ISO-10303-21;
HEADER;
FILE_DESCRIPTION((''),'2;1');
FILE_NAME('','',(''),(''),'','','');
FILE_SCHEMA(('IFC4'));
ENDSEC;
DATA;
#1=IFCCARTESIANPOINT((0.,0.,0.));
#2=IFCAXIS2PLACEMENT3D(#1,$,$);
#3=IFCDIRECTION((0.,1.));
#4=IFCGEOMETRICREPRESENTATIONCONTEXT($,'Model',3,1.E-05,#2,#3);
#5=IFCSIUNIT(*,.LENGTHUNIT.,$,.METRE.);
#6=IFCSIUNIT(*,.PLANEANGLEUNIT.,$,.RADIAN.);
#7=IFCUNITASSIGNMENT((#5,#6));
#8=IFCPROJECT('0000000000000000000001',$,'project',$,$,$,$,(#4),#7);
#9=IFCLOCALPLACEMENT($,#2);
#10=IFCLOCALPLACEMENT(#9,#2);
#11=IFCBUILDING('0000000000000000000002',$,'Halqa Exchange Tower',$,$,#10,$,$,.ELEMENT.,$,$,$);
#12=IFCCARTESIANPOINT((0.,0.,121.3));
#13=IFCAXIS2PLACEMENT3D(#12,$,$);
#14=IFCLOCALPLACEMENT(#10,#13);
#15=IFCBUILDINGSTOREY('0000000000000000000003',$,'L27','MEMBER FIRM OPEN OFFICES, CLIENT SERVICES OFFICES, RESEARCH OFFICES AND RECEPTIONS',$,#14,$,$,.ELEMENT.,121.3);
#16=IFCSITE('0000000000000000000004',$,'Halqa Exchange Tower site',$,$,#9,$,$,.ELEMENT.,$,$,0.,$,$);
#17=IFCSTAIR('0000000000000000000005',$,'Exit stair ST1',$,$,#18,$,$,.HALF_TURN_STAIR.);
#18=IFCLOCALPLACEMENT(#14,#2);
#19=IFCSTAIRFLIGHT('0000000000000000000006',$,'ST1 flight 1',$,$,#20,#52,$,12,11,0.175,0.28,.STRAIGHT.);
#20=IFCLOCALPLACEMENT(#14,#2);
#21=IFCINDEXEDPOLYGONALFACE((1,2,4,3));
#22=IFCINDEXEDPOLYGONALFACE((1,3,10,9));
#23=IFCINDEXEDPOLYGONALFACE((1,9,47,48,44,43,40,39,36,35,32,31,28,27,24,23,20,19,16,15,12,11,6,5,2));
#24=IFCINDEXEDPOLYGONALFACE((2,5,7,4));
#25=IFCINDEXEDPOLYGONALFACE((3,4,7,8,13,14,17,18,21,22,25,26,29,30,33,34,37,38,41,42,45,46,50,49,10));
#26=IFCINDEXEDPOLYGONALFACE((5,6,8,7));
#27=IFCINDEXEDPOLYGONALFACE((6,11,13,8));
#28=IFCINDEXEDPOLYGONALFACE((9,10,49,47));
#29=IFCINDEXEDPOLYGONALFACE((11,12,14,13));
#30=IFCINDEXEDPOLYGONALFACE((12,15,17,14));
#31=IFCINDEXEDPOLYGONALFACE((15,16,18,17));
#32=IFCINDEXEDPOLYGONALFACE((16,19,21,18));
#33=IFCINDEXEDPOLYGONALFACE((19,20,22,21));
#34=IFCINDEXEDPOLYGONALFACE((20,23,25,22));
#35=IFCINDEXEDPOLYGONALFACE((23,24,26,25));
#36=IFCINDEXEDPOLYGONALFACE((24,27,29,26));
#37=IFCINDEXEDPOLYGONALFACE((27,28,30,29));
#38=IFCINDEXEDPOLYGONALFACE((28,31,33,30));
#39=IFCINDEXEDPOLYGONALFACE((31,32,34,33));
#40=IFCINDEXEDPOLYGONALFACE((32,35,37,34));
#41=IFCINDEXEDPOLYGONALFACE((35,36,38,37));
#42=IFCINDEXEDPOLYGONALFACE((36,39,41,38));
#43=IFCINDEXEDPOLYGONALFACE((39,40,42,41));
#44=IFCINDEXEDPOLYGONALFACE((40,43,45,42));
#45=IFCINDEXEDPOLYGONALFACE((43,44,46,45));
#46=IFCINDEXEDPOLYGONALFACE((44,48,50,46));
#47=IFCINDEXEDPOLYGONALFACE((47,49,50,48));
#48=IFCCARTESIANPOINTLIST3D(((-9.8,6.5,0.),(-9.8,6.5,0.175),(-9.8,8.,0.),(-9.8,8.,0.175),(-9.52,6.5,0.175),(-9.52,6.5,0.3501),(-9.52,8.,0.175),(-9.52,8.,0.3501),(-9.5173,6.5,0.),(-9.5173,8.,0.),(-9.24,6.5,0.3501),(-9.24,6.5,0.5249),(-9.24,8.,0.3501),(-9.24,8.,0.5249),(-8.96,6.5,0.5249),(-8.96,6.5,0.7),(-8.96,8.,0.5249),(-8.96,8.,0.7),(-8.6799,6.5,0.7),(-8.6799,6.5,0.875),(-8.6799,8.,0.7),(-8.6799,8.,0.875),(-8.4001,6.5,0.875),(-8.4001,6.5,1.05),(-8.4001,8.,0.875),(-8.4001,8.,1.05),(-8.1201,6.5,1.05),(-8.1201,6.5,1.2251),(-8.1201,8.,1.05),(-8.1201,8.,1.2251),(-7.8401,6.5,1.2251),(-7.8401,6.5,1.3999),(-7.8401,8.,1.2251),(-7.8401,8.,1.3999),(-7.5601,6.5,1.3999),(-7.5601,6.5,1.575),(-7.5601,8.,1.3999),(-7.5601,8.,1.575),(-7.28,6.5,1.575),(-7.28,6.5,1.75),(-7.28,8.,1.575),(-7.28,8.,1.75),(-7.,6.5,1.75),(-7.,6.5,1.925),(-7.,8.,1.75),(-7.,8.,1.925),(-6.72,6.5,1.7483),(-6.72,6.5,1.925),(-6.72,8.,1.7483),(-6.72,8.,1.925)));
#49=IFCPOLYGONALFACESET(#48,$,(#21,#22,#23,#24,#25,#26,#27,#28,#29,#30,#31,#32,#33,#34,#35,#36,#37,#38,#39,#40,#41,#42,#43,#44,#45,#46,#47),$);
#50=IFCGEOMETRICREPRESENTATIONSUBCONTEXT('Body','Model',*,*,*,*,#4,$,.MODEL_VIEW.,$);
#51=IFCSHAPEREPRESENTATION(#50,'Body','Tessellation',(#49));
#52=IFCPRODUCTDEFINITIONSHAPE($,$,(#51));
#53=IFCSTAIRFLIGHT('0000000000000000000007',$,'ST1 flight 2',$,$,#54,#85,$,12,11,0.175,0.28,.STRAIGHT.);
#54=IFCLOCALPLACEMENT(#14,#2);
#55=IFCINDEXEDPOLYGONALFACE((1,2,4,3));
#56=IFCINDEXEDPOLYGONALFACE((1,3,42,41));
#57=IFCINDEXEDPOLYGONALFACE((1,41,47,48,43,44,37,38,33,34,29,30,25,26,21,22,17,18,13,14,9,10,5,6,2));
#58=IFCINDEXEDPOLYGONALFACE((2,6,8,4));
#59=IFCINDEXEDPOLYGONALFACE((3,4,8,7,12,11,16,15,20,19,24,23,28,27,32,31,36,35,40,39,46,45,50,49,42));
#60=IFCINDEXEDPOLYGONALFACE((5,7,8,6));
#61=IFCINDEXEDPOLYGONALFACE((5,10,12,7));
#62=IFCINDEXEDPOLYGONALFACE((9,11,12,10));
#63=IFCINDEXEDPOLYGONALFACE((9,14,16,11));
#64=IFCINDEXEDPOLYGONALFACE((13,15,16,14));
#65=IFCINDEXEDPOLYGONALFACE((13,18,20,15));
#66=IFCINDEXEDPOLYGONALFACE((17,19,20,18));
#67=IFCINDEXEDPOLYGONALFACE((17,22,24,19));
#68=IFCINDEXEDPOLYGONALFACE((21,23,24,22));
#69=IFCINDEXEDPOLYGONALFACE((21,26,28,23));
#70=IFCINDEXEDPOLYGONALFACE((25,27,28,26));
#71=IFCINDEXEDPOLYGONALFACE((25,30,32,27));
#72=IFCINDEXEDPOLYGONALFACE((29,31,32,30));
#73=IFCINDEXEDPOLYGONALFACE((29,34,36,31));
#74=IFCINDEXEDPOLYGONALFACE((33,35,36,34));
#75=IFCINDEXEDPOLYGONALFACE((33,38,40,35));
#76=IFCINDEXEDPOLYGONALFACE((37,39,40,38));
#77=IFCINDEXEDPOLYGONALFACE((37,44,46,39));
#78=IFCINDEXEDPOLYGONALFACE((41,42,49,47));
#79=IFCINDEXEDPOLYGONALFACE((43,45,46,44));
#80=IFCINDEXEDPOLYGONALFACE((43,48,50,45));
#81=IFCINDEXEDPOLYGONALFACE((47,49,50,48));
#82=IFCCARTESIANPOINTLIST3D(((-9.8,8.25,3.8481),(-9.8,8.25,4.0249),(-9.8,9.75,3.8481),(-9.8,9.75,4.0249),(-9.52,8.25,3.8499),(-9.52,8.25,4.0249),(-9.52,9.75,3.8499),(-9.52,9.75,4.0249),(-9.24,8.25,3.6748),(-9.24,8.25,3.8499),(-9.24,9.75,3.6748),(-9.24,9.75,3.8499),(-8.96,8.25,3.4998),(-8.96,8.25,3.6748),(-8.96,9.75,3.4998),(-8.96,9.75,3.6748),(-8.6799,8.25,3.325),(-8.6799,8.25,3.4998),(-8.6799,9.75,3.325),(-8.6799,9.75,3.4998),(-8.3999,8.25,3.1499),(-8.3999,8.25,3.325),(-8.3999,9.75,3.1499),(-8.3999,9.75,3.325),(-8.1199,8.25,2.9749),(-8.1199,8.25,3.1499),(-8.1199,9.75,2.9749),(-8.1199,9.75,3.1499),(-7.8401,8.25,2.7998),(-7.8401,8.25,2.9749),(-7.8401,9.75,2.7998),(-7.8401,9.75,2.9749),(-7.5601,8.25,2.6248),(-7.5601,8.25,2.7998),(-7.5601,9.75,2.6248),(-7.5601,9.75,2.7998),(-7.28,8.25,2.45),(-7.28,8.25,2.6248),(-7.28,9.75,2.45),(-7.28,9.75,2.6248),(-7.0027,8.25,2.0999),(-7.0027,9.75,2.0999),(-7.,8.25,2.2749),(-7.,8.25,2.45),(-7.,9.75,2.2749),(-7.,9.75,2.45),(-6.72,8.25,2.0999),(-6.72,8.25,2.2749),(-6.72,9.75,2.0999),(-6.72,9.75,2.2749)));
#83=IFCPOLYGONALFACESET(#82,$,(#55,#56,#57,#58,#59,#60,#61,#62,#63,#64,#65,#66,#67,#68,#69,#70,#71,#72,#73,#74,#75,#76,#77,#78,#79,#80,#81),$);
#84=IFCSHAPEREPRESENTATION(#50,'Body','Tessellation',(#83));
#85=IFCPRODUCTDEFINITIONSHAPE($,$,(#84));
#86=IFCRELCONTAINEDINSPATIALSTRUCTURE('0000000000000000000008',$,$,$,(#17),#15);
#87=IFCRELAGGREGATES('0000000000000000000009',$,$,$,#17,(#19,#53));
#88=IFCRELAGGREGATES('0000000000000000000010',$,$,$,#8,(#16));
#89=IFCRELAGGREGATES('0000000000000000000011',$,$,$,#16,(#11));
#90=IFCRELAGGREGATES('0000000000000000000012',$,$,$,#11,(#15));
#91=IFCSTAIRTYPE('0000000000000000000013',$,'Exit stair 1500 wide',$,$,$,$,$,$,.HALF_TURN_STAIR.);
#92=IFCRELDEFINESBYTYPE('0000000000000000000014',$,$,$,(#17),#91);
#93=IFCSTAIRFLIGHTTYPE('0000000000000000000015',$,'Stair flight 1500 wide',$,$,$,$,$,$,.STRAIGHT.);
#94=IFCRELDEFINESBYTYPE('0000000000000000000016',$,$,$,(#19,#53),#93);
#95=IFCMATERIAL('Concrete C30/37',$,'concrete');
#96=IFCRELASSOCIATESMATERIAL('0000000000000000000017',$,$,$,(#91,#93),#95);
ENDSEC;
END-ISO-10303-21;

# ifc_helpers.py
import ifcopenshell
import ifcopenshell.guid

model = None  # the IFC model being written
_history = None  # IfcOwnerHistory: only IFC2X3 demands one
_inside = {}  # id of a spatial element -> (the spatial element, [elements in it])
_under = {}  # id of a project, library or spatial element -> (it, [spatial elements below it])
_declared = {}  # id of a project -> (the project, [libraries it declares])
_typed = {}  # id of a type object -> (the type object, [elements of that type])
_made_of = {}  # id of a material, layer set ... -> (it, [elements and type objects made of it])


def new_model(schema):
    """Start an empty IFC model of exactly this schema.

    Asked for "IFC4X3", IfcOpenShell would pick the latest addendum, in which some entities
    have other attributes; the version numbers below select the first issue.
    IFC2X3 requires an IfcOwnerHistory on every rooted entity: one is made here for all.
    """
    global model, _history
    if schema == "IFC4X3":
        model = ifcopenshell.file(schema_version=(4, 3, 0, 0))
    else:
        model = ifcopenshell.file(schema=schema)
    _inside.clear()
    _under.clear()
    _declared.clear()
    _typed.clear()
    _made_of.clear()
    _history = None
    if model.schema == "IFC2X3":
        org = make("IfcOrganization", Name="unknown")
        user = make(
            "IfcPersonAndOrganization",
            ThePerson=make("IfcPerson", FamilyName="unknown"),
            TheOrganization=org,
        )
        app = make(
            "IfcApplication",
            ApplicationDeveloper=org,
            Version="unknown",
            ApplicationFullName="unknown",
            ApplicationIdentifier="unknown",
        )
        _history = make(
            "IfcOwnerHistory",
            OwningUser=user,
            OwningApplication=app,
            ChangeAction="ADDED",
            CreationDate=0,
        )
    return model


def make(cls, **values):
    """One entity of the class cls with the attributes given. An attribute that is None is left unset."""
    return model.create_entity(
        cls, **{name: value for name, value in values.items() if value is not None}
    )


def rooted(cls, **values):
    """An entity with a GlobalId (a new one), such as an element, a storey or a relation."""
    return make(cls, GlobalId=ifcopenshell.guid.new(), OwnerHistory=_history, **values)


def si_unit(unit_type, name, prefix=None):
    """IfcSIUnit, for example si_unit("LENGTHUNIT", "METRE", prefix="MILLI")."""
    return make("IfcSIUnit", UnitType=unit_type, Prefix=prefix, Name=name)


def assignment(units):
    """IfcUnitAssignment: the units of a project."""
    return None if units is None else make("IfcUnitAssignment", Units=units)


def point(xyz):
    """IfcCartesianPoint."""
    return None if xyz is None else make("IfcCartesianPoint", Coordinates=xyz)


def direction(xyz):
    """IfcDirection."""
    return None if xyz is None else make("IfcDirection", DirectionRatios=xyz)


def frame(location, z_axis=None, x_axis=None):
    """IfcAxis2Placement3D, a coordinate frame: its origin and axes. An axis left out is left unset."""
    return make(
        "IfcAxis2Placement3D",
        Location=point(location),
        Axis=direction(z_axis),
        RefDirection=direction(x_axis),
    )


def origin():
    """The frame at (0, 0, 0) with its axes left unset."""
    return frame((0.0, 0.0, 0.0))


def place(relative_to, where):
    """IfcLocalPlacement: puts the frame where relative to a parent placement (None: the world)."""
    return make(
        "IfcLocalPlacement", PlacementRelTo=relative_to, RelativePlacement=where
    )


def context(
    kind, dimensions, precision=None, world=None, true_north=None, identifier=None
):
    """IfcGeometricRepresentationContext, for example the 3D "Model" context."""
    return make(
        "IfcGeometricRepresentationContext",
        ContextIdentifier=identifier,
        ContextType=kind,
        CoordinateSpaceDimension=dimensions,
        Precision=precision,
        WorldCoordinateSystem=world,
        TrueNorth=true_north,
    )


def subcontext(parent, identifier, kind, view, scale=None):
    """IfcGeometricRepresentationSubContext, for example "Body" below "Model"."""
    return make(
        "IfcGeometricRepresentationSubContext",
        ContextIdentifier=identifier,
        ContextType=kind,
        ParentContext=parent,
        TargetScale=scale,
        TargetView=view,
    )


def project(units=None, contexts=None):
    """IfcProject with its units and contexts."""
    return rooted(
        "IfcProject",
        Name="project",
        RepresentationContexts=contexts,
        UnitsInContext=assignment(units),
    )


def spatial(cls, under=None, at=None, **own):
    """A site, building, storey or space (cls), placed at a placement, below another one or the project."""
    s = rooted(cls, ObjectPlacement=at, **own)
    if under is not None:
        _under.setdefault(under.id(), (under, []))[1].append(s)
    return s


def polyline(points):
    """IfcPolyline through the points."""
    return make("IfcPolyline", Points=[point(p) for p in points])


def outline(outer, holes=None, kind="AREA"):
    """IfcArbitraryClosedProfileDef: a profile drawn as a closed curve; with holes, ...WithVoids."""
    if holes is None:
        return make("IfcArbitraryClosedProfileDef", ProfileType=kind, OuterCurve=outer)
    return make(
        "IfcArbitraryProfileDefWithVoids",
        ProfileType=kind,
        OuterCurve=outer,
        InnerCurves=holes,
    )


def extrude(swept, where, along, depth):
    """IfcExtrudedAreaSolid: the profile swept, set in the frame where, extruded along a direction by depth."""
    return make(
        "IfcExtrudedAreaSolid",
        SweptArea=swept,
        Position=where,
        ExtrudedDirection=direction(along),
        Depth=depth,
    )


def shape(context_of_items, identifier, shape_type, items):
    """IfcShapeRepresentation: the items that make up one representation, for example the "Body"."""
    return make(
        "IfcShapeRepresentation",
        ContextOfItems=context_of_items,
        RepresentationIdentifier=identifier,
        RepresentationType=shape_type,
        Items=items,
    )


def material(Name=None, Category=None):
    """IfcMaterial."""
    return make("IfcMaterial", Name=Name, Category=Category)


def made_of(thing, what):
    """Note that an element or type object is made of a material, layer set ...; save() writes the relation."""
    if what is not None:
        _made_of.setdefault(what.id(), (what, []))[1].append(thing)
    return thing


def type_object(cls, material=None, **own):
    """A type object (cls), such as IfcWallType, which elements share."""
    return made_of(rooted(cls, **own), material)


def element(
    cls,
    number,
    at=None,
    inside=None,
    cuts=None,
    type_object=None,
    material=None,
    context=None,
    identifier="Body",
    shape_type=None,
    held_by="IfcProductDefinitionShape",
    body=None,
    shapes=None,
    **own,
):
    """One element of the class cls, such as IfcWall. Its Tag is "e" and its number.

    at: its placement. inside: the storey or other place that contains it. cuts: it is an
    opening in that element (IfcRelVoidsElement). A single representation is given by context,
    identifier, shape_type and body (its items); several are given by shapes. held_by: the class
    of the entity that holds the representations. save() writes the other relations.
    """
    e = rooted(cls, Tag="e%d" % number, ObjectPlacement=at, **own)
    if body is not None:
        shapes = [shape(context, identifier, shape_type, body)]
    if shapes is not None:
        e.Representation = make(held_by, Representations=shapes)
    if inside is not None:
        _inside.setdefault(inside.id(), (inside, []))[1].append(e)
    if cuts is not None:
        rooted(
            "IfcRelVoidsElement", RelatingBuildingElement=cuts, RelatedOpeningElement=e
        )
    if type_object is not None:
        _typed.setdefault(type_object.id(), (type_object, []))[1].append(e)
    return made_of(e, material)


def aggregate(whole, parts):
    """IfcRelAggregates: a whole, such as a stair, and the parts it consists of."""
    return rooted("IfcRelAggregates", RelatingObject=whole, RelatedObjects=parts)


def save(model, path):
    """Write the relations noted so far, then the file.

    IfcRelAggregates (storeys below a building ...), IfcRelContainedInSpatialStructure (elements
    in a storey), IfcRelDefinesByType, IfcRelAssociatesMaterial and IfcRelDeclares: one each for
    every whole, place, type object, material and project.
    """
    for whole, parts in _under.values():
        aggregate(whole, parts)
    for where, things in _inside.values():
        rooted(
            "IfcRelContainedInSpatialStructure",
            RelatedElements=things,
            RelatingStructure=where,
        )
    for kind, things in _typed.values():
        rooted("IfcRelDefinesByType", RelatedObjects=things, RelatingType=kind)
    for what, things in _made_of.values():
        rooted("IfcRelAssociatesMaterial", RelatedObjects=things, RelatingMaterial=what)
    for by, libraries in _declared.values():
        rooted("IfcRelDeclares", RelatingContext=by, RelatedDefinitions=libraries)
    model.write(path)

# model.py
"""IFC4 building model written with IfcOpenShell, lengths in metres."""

from ifc_helpers import new_model, si_unit, direction, frame, origin, place, context, subcontext, project, spatial, polyline, outline, extrude, material, type_object, element, aggregate, save


model = new_model("IFC4")

# Units and contexts
model_context = context("Model", 3, precision=1e-05, world=origin(), true_north=direction((0.0, 1.0)))
body_context = subcontext(model_context, "Body", "Model", "MODEL_VIEW")
ifc_project = project(units=[si_unit("LENGTHUNIT", "METRE"), si_unit("PLANEANGLEUNIT", "RADIAN")], contexts=[model_context])

# Site, building, storey
site_placement = place(None, origin())
site = spatial("IfcSite", under=ifc_project, at=site_placement, Name="Halqa Exchange Tower site", CompositionType="ELEMENT", RefElevation=0.0)
building_placement = place(site_placement, origin())
building = spatial("IfcBuilding", under=site, at=building_placement, Name="Halqa Exchange Tower", CompositionType="ELEMENT")
storey_placement = place(building_placement, frame((0.0, 0.0, 121.3)))
storey = spatial("IfcBuildingStorey", under=building, at=storey_placement, Name="L27", Description="MEMBER FIRM OPEN OFFICES, CLIENT SERVICES OFFICES, RESEARCH OFFICES AND RECEPTIONS", CompositionType="ELEMENT", Elevation=121.3)

# Shared definitions
ifc_material_1 = material(Name="Concrete C30/37", Category="concrete")

# Stair, stair flights
stair_type = type_object("IfcStairType", Name="Exit stair 1500 wide", PredefinedType="HALF_TURN_STAIR", material=ifc_material_1)
stair_placement = place(storey_placement, origin())
stair = element("IfcStair", 1, at=stair_placement, inside=storey, type_object=stair_type, Name="Exit stair ST1", PredefinedType="HALF_TURN_STAIR")
stair_flight_type = type_object("IfcStairFlightType", Name="Stair flight 1500 wide", PredefinedType="STRAIGHT", material=ifc_material_1)
stair_flight_1_placement = place(storey_placement, frame((-9.8, 7.25, 0.0), z_axis=(0.0, 0.0, 1.0), x_axis=(1.0, 0.0, 0.0)))
stair_flight_1 = element("IfcStairFlight", 2, at=stair_flight_1_placement, type_object=stair_flight_type, Name="ST1 flight 1", NumberOfRisers=12, NumberOfTreads=11, PredefinedType="STRAIGHT", RiserHeight=0.175, TreadLength=0.28, context=body_context, shape_type="SweptSolid", body=[
    extrude(outline(polyline([(0.0, 0.0), (0.0, 0.175), (0.28, 0.175), (0.28, 0.3501), (0.5601, 0.3501), (0.5601, 0.5249), (0.8401, 0.5249), (0.8401, 0.7), (1.1201, 0.7), (1.1201, 0.875), (1.3999, 0.875), (1.3999, 1.05), (1.6799, 1.05), (1.6799, 1.2251), (1.96, 1.2251), (1.96, 1.3999), (2.24, 1.3999), (2.24, 1.575), (2.52, 1.575), (2.52, 1.75), (2.8, 1.75), (2.8, 1.925), (3.0801, 1.925), (3.0801, 2.1001), (3.0801, 1.7483), (0.2827, 0.0), (0.0, 0.0)])), frame((0.0, 0.75, 0.0), z_axis=(0.0, -1.0, 0.0), x_axis=(1.0, 0.0, 0.0)), (0.0, 0.0, 1.0), 1.5),
])
stair_flight_2_placement = place(storey_placement, frame((-6.72, 9.0, 2.0999), z_axis=(0.0, 0.0, 1.0), x_axis=(-1.0, 0.0, 0.0)))
stair_flight_2 = element("IfcStairFlight", 3, at=stair_flight_2_placement, type_object=stair_flight_type, Name="ST1 flight 2", NumberOfRisers=12, NumberOfTreads=11, PredefinedType="STRAIGHT", RiserHeight=0.175, TreadLength=0.28, context=body_context, shape_type="SweptSolid", body=[
    extrude(outline(polyline([(0.0, 0.0), (0.0, 0.175), (0.28, 0.175), (0.28, 0.3501), (0.5601, 0.3501), (0.5601, 0.5249), (0.8401, 0.5249), (0.8401, 0.7), (1.1201, 0.7), (1.1201, 0.875), (1.3999, 0.875), (1.3999, 1.05), (1.6799, 1.05), (1.6799, 1.2251), (1.96, 1.2251), (1.96, 1.3999), (2.24, 1.3999), (2.24, 1.575), (2.52, 1.575), (2.52, 1.75), (2.8, 1.75), (2.8, 1.925), (3.0801, 1.925), (3.0801, 2.1001), (3.0801, 1.7483), (0.2827, 0.0), (0.0, 0.0)])), frame((0.0, 0.75, 0.0), z_axis=(0.0, -1.0, 0.0), x_axis=(1.0, 0.0, 0.0)), (0.0, 0.0, 1.0), 1.5),
])
aggregate(stair, [stair_flight_1, stair_flight_2])

save(model, "model.ifc")
